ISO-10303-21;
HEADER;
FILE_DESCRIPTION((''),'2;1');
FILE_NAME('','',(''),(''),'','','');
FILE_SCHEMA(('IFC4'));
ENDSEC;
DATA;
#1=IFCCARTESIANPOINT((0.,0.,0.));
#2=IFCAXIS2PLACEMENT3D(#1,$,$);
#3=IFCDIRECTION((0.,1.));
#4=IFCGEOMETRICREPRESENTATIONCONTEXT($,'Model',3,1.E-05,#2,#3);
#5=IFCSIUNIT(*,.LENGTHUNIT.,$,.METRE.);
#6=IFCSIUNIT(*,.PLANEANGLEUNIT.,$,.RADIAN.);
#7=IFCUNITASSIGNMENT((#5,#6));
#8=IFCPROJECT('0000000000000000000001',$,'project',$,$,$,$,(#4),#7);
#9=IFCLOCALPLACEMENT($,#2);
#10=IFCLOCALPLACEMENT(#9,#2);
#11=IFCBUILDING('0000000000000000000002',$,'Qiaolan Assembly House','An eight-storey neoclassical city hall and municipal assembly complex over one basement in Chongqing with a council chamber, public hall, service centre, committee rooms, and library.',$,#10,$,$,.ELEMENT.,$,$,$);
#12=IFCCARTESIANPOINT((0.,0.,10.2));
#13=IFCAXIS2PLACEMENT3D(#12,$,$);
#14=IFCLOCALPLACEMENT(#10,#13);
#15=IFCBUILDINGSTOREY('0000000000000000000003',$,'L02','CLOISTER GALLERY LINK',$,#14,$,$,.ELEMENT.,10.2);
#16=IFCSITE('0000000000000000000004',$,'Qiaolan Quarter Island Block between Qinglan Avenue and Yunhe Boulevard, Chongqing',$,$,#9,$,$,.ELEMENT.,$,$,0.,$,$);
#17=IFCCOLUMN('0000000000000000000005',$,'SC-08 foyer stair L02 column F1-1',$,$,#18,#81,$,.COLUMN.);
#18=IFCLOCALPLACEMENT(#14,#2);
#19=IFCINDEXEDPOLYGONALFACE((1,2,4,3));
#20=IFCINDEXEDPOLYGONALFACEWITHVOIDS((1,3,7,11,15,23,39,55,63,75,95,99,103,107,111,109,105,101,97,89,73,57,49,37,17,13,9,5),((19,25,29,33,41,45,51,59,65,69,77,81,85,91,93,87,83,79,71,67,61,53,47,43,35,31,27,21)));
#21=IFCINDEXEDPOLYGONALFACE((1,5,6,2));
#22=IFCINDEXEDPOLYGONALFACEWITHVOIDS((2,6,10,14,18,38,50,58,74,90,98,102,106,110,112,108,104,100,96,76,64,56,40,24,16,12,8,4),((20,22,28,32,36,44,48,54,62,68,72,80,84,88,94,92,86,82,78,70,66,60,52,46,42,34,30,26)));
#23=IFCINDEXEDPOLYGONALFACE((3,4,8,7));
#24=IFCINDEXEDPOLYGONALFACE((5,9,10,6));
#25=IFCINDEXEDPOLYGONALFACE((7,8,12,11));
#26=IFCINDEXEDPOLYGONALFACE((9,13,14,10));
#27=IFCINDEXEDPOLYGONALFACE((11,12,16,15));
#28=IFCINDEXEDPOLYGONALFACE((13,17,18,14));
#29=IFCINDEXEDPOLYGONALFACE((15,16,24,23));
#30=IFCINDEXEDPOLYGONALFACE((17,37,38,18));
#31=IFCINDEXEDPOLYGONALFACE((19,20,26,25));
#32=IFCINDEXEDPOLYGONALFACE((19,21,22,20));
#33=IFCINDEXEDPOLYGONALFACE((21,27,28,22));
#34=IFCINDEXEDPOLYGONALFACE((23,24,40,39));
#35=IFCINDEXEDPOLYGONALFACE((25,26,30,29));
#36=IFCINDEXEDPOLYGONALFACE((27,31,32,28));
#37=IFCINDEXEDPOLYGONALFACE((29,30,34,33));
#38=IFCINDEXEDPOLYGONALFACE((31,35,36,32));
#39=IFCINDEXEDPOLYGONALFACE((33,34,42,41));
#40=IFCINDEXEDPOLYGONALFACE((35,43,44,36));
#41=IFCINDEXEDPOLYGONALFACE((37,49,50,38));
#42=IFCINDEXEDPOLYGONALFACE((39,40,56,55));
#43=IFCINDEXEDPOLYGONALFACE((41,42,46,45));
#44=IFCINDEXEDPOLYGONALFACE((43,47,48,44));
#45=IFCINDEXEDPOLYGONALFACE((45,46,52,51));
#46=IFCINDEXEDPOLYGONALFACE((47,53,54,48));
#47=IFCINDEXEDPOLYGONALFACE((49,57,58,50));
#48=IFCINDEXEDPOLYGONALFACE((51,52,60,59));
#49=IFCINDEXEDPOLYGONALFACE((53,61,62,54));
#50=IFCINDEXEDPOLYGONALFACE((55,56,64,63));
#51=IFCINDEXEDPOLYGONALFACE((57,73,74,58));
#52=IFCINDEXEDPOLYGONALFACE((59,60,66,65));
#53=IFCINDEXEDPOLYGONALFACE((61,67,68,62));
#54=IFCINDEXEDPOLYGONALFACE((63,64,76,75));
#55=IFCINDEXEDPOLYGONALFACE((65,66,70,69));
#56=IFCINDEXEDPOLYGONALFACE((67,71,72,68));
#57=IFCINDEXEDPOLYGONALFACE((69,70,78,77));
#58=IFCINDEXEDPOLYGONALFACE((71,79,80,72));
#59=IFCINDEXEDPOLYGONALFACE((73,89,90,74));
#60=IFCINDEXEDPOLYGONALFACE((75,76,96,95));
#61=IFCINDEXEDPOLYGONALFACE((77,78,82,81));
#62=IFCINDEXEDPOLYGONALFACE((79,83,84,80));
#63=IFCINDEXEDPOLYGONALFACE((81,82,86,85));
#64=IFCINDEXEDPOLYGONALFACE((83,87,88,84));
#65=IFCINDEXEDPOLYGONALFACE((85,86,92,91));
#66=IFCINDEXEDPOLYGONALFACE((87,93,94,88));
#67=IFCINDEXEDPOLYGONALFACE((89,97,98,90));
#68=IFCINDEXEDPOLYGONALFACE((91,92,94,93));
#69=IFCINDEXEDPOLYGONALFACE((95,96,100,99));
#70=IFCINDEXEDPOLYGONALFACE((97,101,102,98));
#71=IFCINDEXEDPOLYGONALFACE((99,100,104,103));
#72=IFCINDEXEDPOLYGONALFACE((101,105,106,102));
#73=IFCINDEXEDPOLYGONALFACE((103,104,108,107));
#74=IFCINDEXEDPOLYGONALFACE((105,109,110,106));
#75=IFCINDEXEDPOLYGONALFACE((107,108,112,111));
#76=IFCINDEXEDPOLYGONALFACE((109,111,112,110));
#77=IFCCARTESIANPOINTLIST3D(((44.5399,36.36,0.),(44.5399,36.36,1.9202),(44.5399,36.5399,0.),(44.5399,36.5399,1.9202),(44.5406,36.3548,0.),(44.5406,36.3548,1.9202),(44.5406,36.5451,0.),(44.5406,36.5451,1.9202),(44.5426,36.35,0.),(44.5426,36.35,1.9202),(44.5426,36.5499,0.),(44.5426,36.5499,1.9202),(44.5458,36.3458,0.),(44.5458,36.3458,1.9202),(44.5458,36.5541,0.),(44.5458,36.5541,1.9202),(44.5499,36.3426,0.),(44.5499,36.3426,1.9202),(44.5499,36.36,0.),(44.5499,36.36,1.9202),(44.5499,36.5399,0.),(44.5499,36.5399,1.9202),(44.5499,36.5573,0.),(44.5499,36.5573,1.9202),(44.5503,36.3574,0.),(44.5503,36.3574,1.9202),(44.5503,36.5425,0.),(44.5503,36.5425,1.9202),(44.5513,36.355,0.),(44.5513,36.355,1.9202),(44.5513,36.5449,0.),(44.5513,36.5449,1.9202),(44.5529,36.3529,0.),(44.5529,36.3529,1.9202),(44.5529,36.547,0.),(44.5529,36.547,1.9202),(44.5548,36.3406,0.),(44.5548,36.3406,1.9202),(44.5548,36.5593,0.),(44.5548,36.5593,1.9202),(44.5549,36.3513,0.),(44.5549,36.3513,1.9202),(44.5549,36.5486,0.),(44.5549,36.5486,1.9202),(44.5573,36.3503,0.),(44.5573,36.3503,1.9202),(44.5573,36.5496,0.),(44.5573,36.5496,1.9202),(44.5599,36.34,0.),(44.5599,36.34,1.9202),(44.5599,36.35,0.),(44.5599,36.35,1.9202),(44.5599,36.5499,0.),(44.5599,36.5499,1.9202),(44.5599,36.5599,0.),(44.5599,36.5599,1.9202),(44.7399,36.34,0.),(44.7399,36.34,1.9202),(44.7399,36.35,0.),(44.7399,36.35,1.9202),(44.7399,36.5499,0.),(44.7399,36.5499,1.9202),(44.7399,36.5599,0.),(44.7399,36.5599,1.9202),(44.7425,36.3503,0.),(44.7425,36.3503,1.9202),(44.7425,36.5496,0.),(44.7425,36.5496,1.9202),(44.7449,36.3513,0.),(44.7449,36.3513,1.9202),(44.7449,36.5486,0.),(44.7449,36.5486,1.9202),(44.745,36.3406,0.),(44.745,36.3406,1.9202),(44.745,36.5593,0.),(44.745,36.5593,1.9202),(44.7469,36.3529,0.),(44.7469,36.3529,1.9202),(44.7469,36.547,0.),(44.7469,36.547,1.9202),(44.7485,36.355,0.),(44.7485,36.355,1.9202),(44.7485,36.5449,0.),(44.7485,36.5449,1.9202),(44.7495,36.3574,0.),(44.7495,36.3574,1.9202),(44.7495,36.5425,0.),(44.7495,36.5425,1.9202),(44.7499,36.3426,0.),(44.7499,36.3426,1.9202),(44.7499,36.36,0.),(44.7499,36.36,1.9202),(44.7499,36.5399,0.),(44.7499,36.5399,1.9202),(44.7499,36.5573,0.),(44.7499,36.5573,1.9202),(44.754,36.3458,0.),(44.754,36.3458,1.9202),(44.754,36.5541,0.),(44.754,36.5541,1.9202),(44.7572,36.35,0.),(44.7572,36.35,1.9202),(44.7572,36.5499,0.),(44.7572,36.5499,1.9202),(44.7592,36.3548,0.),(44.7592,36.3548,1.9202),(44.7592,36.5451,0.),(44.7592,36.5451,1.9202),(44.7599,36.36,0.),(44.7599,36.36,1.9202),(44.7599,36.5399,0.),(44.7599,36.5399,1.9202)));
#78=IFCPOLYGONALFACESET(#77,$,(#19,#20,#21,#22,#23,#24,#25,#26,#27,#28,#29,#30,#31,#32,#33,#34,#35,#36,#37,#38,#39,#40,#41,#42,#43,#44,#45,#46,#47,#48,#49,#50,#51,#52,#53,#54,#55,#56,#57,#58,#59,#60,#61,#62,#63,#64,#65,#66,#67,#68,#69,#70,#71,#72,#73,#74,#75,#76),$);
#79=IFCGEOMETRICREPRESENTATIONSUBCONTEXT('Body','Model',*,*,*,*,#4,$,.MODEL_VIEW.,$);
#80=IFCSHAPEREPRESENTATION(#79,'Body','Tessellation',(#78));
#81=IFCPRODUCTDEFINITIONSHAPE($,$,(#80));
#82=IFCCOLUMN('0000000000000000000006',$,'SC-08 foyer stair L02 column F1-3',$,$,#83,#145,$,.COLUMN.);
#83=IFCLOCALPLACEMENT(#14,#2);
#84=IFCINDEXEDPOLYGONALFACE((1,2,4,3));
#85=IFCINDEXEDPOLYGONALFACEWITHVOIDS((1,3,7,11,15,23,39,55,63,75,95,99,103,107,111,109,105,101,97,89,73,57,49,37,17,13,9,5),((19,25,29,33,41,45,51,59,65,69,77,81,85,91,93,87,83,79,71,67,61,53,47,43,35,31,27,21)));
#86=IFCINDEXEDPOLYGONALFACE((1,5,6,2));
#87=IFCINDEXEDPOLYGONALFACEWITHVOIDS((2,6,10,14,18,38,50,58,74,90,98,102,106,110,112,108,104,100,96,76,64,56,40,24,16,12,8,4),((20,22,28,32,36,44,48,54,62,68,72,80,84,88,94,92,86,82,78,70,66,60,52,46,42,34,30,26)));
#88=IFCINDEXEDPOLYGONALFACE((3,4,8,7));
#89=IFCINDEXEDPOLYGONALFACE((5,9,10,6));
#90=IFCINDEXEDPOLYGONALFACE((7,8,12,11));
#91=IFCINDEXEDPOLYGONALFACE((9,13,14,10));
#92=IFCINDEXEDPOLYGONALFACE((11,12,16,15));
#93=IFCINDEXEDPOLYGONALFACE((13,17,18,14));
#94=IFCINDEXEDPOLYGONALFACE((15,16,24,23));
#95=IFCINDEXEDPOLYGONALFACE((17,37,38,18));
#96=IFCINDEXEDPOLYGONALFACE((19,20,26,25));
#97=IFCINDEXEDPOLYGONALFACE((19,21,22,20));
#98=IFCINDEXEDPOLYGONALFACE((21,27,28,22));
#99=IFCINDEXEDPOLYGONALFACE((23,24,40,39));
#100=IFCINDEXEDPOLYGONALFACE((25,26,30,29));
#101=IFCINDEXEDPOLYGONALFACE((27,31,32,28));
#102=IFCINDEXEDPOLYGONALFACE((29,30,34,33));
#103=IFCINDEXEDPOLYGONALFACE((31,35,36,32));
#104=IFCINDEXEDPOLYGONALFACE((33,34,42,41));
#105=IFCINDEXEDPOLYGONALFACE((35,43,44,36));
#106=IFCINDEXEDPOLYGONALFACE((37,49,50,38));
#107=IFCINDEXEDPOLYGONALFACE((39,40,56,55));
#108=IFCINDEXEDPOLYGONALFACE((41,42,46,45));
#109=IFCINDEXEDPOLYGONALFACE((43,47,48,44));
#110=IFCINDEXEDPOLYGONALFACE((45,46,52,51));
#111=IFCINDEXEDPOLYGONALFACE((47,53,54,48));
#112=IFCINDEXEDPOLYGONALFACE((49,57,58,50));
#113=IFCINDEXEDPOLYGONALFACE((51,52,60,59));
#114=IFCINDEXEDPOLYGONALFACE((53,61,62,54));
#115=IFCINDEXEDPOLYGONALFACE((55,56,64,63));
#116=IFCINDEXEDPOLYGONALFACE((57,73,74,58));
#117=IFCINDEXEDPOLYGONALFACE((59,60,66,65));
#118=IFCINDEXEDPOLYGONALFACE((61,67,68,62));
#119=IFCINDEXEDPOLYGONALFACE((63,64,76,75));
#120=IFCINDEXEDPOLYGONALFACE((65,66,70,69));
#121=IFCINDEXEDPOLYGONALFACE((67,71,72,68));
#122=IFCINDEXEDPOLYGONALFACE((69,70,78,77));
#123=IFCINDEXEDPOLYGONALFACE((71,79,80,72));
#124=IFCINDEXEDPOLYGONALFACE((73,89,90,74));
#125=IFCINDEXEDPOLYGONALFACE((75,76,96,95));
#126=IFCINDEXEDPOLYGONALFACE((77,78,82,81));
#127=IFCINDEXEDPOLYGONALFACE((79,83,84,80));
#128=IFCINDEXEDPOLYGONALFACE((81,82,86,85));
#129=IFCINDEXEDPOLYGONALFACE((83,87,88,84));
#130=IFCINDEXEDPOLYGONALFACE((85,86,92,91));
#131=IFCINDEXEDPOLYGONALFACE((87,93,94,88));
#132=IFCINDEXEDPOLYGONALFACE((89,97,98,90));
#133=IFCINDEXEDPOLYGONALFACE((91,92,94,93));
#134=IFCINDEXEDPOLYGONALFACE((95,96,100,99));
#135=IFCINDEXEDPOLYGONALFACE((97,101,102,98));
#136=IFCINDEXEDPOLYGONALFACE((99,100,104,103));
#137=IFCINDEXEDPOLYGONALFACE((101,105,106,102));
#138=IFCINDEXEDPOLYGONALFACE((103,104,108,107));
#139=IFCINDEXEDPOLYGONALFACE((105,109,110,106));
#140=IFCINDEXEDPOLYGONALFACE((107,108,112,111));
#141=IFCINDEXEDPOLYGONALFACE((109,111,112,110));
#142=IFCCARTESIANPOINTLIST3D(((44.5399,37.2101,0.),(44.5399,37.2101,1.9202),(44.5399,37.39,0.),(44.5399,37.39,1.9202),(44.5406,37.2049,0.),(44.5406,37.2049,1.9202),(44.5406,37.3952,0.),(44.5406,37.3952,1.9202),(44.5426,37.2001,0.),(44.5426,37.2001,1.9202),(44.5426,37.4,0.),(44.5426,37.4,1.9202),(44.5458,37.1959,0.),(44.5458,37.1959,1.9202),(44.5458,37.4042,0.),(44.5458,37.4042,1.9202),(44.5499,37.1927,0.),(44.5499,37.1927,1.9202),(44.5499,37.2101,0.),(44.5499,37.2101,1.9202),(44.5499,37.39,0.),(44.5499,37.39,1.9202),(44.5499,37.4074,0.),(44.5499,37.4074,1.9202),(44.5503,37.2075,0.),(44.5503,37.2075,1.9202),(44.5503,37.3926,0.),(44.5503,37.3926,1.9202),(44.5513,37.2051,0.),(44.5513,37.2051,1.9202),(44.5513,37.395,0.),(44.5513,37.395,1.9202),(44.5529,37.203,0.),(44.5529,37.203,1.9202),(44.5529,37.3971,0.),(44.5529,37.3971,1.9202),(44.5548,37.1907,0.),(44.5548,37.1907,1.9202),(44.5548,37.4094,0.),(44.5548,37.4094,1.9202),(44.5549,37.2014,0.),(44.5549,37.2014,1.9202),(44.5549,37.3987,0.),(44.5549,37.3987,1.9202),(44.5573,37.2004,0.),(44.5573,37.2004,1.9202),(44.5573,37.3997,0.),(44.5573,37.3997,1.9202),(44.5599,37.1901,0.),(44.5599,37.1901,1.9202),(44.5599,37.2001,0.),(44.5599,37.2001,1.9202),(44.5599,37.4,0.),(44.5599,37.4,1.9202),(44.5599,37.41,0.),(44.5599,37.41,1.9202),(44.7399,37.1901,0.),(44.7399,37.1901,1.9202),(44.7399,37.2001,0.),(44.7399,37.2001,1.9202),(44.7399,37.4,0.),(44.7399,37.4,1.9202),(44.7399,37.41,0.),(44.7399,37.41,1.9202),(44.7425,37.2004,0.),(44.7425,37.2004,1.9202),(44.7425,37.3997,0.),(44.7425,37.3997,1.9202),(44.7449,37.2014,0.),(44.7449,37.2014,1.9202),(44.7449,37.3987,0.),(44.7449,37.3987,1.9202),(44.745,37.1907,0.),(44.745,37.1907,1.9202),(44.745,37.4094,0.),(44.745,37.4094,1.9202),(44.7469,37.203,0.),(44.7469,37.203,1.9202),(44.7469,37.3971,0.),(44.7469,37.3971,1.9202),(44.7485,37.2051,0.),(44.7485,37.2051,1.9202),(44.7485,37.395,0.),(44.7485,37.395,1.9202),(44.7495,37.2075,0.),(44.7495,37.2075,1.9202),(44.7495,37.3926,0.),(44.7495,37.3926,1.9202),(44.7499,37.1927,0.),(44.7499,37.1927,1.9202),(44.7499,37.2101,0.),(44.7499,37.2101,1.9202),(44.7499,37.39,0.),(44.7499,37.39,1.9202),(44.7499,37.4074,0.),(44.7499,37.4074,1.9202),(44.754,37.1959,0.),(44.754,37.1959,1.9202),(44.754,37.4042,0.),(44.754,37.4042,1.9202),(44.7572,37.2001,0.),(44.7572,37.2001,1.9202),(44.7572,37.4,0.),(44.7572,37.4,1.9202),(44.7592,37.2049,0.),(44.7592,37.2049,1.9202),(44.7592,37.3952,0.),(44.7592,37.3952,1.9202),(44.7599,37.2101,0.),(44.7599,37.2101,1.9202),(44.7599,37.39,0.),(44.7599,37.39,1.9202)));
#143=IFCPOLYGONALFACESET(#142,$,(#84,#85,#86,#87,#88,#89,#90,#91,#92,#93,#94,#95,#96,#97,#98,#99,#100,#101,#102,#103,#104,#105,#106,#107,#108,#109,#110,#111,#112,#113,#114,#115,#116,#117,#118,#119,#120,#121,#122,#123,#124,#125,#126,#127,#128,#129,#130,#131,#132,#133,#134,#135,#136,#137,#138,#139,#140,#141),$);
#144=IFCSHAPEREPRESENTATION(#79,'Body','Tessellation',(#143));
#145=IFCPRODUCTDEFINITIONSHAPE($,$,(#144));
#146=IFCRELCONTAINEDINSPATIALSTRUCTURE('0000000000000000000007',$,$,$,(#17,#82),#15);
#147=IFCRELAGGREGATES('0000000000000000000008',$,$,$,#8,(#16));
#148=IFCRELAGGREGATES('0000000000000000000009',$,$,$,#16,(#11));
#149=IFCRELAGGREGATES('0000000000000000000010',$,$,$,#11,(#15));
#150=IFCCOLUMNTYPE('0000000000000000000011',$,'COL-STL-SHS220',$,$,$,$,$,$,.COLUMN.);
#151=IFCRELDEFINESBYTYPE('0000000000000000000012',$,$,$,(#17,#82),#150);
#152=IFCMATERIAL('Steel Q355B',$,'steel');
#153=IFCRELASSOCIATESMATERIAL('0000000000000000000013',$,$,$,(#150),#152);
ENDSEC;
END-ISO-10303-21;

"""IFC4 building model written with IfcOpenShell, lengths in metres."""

from ifc_helpers import new_model, si_unit, direction, frame, origin, origin_2d, place, context, subcontext, project, spatial, hollow_rectangle, extrude, material, material_profile, profile_set, type_object, element, save


model = new_model("IFC4")

# Units and contexts
model_context = context("Model", 3, precision=1e-05, world=origin(), true_north=direction((0.0, 1.0)))
body_context = subcontext(model_context, "Body", "Model", "MODEL_VIEW")
ifc_project = project(units=[si_unit("LENGTHUNIT", "METRE"), si_unit("PLANEANGLEUNIT", "RADIAN")], contexts=[model_context])

# Site, building, storey
site_placement = place(None, origin())
site = spatial("IfcSite", under=ifc_project, at=site_placement, Name="Qiaolan Quarter Island Block between Qinglan Avenue and Yunhe Boulevard, Chongqing", CompositionType="ELEMENT", RefElevation=0.0)
building_placement = place(site_placement, origin())
building = spatial("IfcBuilding", under=site, at=building_placement, Name="Qiaolan Assembly House", Description="An eight-storey neoclassical city hall and municipal assembly complex over one basement in Chongqing with a council chamber, public hall, service centre, committee rooms, and library.", CompositionType="ELEMENT")
storey_placement = place(building_placement, frame((0.0, 0.0, 10.2)))
storey = spatial("IfcBuildingStorey", under=building, at=storey_placement, Name="L02", Description="CLOISTER GALLERY LINK", CompositionType="ELEMENT", Elevation=10.2)

# Columns
ifc_material_1 = material(Name="Steel Q355B", Category="steel")
ifc_material_profile_1 = material_profile(ifc_material_1, hollow_rectangle(XDim=0.22, YDim=0.22, WallThickness=0.01, InnerFilletRadius=0.01, OuterFilletRadius=0.02, at=origin_2d()), Name="SHS 220x220x10")
ifc_profile_set_1 = profile_set([ifc_material_profile_1], Name="Steel Q355B")
column_type_1 = type_object("IfcColumnType", Name="COL-STL-SHS220", PredefinedType="COLUMN", material=ifc_profile_set_1)
for number, where, z_axis, x_axis, name in (
    (1, (44.6499, 36.45, 0.0), (0.0, 0.0, 1.0), (1.0, 0.0, 0.0), "SC-08 foyer stair L02 column F1-1"),
    (2, (44.6499, 37.3, 0.0), (0.0, 0.0, 1.0), (1.0, 0.0, 0.0), "SC-08 foyer stair L02 column F1-3"),
):
    element("IfcColumn", number, at=place(storey_placement, frame(where, z_axis=z_axis, x_axis=x_axis)), inside=storey, type_object=column_type_1, Name=name, PredefinedType="COLUMN", context=body_context, shape_type="SweptSolid", body=[
        extrude(hollow_rectangle(XDim=0.22, YDim=0.22, WallThickness=0.01, InnerFilletRadius=0.01, OuterFilletRadius=0.02, at=origin_2d()), origin(), (0.0, 0.0, 1.0), 1.9202),
    ])

save(model, "model.ifc")
